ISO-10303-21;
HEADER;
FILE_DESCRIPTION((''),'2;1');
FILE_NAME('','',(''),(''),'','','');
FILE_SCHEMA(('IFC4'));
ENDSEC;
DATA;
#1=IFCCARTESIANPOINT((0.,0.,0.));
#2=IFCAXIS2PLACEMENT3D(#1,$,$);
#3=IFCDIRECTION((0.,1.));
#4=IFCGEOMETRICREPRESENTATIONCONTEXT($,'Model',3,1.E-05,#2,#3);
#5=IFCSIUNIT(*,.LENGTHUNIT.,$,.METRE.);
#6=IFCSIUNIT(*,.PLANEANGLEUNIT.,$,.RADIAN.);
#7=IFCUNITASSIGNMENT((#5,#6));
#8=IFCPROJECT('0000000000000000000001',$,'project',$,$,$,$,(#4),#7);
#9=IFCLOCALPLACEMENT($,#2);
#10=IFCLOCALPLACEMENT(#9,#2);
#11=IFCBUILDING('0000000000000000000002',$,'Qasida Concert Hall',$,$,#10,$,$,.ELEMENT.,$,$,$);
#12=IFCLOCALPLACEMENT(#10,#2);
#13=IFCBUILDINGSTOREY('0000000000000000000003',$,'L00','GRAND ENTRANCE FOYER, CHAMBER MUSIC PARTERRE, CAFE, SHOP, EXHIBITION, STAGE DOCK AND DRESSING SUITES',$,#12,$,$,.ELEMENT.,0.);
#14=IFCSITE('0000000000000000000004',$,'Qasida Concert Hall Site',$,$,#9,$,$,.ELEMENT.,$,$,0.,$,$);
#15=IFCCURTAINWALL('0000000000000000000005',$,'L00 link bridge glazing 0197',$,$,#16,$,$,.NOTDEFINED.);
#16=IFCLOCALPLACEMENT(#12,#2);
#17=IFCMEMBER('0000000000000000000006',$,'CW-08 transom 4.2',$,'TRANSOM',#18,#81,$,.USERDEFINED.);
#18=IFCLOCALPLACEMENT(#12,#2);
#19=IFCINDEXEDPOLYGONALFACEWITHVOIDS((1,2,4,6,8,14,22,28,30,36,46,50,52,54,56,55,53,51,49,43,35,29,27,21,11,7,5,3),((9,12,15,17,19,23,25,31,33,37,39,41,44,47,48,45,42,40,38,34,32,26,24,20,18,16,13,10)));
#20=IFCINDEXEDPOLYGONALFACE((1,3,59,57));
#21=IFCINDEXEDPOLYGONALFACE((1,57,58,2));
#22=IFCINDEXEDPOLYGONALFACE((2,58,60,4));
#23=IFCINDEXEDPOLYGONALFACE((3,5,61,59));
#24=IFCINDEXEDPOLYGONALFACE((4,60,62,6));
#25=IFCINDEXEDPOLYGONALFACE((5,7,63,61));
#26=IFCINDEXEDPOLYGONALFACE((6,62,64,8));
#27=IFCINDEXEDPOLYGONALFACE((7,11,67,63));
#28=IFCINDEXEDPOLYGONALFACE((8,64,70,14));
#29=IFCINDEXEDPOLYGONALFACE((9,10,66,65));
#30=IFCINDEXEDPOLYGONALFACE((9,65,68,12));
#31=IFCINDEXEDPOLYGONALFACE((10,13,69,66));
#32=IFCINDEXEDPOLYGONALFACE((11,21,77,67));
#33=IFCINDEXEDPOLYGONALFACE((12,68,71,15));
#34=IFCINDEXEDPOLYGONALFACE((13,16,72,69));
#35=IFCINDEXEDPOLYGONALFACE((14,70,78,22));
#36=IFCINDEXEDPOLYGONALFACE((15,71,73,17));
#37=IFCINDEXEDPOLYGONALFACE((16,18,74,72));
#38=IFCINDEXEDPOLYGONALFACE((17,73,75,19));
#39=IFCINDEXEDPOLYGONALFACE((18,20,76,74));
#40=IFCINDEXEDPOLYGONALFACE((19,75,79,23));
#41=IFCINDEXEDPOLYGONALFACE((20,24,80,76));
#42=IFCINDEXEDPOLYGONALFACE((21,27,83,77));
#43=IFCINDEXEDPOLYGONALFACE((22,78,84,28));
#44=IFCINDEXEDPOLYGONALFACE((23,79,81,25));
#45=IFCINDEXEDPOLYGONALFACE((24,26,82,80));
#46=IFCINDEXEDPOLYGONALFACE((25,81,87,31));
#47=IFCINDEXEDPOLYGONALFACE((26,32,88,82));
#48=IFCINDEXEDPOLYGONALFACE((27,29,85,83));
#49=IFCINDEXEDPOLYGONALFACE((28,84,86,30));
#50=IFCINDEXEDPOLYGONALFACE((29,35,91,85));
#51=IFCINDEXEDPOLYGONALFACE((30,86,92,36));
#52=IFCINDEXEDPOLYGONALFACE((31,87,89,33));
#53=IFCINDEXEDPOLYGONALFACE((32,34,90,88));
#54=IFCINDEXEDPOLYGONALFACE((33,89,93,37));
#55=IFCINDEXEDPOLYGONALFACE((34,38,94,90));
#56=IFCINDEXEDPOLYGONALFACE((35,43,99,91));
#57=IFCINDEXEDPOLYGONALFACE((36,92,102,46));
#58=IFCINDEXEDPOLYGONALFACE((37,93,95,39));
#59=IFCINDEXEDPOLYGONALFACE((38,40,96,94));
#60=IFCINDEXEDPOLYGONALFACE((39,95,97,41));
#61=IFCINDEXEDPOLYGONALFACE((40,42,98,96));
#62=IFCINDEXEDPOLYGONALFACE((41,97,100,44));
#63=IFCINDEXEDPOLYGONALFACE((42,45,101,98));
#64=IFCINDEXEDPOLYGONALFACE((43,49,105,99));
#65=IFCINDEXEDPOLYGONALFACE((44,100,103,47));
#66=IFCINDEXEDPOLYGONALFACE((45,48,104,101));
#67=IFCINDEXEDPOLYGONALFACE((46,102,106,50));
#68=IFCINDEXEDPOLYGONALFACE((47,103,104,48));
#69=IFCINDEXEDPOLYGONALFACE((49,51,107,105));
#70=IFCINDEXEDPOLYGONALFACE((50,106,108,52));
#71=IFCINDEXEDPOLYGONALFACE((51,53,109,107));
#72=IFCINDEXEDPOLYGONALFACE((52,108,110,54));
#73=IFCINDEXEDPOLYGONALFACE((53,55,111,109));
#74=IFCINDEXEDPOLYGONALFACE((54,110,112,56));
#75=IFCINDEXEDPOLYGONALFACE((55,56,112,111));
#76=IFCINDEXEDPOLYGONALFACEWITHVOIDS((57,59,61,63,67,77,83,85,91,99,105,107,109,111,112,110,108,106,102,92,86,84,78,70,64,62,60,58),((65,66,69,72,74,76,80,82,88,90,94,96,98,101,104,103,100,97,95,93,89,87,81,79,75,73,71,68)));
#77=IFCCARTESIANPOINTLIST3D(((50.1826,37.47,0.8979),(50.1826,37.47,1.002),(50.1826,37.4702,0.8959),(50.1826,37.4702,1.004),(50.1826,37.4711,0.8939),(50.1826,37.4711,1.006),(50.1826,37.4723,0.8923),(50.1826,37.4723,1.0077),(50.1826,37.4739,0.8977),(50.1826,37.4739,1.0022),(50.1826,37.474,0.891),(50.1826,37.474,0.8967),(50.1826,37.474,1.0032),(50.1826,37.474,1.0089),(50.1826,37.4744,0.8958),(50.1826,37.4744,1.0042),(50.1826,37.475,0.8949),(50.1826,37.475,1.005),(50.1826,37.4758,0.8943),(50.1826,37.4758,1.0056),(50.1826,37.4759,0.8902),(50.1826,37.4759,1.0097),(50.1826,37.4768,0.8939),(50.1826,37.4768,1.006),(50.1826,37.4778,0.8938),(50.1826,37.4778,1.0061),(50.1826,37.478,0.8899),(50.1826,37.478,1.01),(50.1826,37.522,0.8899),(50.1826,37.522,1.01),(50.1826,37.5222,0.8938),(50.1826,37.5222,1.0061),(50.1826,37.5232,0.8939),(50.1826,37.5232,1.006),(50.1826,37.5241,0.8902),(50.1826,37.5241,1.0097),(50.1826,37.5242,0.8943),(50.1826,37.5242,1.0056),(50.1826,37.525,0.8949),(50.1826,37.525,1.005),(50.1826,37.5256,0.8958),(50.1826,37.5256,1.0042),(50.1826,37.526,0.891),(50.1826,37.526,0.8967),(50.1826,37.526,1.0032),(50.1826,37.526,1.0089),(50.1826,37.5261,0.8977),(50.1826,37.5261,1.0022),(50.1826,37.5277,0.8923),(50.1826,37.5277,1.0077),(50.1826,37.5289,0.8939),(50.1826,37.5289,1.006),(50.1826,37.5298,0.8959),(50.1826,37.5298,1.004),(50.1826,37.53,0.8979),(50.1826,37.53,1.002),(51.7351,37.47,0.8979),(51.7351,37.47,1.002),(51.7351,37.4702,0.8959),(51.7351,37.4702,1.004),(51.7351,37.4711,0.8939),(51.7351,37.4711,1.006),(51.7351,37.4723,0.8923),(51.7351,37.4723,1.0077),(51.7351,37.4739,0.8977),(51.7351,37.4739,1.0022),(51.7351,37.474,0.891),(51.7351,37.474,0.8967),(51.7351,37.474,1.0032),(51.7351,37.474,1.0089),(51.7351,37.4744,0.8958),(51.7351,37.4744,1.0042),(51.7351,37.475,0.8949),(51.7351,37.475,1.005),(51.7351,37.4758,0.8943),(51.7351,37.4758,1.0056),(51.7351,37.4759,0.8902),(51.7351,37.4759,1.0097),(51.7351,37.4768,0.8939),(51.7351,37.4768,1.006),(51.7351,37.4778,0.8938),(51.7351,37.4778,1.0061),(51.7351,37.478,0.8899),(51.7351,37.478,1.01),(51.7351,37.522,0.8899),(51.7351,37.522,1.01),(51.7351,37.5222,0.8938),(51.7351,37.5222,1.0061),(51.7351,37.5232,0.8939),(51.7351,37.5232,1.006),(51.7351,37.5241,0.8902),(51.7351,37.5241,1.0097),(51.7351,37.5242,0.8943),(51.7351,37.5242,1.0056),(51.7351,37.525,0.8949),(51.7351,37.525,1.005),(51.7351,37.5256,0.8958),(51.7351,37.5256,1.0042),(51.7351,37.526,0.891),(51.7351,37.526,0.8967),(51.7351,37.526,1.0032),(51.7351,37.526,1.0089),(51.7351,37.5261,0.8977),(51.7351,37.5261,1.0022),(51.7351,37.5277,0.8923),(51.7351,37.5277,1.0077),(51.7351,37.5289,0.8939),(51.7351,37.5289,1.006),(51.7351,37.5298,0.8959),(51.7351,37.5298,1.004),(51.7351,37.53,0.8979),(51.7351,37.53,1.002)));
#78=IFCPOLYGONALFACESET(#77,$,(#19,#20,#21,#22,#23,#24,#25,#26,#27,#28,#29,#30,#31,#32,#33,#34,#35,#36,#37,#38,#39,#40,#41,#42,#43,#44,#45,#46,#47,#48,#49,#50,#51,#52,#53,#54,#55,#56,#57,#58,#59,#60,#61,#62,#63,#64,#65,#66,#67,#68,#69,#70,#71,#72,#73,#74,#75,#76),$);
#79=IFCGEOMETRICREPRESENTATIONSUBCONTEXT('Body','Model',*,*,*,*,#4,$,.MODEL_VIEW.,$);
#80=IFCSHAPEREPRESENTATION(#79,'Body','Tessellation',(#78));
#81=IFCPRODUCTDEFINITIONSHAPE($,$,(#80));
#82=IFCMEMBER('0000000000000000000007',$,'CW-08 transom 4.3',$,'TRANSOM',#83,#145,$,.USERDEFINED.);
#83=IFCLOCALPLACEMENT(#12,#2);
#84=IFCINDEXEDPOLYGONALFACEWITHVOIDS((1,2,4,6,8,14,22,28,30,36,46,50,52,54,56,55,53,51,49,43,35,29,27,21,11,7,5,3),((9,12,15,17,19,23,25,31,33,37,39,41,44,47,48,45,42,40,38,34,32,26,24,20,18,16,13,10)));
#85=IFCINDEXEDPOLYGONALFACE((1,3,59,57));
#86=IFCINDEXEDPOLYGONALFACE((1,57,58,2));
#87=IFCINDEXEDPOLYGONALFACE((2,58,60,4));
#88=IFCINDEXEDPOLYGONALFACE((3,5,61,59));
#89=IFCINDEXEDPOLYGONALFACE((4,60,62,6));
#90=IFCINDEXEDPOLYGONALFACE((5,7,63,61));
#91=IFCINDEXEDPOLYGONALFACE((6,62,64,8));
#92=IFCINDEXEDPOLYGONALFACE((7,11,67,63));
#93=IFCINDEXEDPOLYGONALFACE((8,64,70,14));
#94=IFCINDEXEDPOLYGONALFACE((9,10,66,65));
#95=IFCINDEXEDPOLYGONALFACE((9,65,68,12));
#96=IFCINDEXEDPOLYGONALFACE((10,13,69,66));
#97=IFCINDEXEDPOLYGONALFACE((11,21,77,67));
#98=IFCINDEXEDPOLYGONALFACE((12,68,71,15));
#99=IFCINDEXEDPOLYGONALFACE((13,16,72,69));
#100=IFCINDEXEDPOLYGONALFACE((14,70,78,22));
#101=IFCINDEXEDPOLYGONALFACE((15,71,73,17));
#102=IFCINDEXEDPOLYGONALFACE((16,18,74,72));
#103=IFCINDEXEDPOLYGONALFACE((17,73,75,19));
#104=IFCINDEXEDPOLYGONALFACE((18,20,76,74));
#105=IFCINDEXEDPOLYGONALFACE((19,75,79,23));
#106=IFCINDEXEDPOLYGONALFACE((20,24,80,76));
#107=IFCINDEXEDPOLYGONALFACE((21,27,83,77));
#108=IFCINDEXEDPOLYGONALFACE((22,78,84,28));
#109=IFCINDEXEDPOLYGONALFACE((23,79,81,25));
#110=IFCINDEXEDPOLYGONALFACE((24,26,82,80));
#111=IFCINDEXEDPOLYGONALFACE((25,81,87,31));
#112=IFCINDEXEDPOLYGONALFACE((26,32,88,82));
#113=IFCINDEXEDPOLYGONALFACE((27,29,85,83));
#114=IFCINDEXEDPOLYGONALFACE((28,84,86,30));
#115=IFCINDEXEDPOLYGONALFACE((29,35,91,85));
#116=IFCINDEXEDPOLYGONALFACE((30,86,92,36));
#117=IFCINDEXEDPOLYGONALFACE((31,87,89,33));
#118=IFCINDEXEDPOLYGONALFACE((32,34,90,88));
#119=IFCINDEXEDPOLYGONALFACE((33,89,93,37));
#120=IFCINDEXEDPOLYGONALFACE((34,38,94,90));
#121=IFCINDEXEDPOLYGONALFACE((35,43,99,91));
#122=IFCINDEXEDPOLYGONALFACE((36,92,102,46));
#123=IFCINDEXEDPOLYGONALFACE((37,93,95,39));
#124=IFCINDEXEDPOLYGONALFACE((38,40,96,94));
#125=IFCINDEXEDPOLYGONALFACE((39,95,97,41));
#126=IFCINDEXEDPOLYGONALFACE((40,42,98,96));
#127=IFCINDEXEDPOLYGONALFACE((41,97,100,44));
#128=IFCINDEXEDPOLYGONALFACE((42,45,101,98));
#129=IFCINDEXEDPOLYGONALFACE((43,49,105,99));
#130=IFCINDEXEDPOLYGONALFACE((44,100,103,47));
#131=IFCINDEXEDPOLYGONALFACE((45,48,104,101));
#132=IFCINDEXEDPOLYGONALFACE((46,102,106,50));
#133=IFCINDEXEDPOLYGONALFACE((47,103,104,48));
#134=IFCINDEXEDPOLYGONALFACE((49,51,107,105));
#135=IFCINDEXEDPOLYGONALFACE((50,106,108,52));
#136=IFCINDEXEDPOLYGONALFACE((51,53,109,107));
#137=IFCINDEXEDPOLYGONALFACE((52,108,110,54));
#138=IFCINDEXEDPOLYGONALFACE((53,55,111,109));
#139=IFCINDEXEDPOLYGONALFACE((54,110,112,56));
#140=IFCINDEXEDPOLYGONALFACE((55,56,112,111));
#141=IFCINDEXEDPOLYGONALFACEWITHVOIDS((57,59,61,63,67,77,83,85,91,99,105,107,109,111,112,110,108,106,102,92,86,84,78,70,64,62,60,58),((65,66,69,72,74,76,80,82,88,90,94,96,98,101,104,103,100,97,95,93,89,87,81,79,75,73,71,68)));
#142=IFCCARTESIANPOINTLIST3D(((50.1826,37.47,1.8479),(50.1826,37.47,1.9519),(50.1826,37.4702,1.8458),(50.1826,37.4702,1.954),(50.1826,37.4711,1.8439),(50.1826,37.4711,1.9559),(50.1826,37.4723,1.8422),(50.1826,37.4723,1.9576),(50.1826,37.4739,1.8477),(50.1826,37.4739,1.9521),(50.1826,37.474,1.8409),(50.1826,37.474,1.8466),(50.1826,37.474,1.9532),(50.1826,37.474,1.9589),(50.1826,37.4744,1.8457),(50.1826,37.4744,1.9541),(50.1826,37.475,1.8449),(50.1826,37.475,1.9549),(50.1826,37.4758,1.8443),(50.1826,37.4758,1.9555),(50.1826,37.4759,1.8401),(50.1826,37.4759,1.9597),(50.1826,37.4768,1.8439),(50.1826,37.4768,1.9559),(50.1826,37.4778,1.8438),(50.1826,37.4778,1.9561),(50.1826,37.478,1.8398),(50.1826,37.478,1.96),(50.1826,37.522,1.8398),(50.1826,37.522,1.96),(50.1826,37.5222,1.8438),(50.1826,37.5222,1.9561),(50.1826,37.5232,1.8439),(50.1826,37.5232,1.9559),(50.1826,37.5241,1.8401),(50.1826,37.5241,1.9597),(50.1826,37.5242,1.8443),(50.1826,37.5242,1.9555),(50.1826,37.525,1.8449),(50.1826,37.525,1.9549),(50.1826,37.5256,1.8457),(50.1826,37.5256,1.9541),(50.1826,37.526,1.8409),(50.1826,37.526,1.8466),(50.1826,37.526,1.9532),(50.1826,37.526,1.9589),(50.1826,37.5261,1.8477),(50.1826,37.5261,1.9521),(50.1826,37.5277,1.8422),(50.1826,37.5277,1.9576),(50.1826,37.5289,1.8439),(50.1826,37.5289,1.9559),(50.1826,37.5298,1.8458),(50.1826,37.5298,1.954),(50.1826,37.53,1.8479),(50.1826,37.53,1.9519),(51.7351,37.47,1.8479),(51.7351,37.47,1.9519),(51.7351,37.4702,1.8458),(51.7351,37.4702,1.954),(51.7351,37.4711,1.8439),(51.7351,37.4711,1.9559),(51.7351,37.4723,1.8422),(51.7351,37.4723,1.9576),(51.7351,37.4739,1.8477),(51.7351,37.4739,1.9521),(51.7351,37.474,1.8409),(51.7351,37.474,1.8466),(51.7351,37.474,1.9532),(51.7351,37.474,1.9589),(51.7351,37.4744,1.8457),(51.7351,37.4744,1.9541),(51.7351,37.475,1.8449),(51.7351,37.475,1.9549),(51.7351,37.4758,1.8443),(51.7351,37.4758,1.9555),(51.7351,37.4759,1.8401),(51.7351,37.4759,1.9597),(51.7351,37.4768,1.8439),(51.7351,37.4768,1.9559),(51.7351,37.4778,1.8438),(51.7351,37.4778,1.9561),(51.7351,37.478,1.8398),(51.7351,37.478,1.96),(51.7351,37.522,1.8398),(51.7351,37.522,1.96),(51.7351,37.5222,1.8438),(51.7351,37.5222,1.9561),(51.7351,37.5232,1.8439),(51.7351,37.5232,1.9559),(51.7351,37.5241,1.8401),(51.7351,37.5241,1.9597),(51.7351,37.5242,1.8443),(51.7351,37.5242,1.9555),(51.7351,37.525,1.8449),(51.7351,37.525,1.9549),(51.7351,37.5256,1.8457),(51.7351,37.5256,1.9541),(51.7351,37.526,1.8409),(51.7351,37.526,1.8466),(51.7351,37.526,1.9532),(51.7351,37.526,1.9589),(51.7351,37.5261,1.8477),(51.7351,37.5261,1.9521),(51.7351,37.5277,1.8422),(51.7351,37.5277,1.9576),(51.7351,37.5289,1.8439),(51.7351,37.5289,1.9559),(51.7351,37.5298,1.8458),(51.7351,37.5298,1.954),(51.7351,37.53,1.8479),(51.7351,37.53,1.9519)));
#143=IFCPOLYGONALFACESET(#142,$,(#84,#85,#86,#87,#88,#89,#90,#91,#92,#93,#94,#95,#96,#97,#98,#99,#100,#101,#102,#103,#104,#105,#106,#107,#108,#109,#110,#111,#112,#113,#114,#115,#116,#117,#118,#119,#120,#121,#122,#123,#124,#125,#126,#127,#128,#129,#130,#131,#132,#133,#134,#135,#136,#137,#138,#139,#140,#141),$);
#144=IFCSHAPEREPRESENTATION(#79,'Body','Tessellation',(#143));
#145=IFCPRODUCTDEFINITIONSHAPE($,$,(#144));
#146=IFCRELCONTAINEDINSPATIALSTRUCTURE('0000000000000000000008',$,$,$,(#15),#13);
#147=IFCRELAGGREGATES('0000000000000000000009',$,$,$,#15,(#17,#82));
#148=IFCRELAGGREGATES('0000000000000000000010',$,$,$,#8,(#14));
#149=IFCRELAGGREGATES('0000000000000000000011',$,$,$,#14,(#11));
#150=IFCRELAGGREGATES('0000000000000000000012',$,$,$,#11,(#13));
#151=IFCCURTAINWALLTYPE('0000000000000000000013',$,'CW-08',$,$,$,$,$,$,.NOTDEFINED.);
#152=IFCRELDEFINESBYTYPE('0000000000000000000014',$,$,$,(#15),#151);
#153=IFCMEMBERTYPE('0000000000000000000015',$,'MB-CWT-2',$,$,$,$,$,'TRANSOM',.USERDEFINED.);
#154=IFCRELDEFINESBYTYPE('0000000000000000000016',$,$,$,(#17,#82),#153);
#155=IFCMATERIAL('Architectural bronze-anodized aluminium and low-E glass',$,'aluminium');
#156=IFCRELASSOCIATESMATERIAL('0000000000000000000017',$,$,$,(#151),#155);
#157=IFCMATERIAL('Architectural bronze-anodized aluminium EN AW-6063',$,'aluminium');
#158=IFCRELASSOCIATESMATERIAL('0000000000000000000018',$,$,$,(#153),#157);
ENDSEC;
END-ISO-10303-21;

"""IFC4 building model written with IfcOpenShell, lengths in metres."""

from ifc_helpers import new_model, si_unit, direction, frame, origin, origin_2d, place, context, subcontext, project, spatial, hollow_rectangle, extrude, material, material_profile, profile_set, type_object, element, aggregate, save


model = new_model("IFC4")

# Units and contexts
model_context = context("Model", 3, precision=1e-05, world=origin(), true_north=direction((0.0, 1.0)))
body_context = subcontext(model_context, "Body", "Model", "MODEL_VIEW")
ifc_project = project(units=[si_unit("LENGTHUNIT", "METRE"), si_unit("PLANEANGLEUNIT", "RADIAN")], contexts=[model_context])

# Site, building, storey
site_placement = place(None, origin())
site = spatial("IfcSite", under=ifc_project, at=site_placement, Name="Qasida Concert Hall Site", CompositionType="ELEMENT", RefElevation=0.0)
building_placement = place(site_placement, origin())
building = spatial("IfcBuilding", under=site, at=building_placement, Name="Qasida Concert Hall", CompositionType="ELEMENT")
storey_placement = place(building_placement, origin())
storey = spatial("IfcBuildingStorey", under=building, at=storey_placement, Name="L00", Description="GRAND ENTRANCE FOYER, CHAMBER MUSIC PARTERRE, CAFE, SHOP, EXHIBITION, STAGE DOCK AND DRESSING SUITES", CompositionType="ELEMENT", Elevation=0.0)

# Shared definitions
ifc_material_1 = material(Name="Architectural bronze-anodized aluminium and low-E glass", Category="aluminium")
ifc_material_2 = material(Name="Architectural bronze-anodized aluminium EN AW-6063", Category="aluminium")

# Curtain wall
curtain_wall_type_1 = type_object("IfcCurtainWallType", Name="CW-08", PredefinedType="NOTDEFINED", material=ifc_material_1)
curtain_wall_1_placement = place(storey_placement, origin())
curtain_wall_1 = element("IfcCurtainWall", 1, at=curtain_wall_1_placement, inside=storey, type_object=curtain_wall_type_1, Name="L00 link bridge glazing 0197", PredefinedType="NOTDEFINED")

# Members
ifc_material_profile_1 = material_profile(ifc_material_2, hollow_rectangle(XDim=0.0601, YDim=0.1201, WallThickness=0.0039, InnerFilletRadius=0.0039, OuterFilletRadius=0.0081, at=origin_2d()), Name="CWT 120x60x4")
ifc_profile_set_1 = profile_set([ifc_material_profile_1], Name="Architectural bronze-anodized aluminium EN AW-6063")
member_type_1 = type_object("IfcMemberType", Name="MB-CWT-2", ElementType="TRANSOM", PredefinedType="USERDEFINED", material=ifc_profile_set_1)
member_1_placement = place(storey_placement, frame((50.1826, 37.5, 0.95), z_axis=(1.0, 0.0, 0.0), x_axis=(0.0, 1.0, 0.0)))
member_1 = element("IfcMember", 2, at=member_1_placement, type_object=member_type_1, Name="CW-08 transom 4.2", ObjectType="TRANSOM", PredefinedType="USERDEFINED", context=body_context, shape_type="SweptSolid", body=[
    extrude(hollow_rectangle(XDim=0.0601, YDim=0.1201, WallThickness=0.0039, InnerFilletRadius=0.0039, OuterFilletRadius=0.0081, at=origin_2d()), origin(), (0.0, 0.0, 1.0), 1.5525),
])
member_2_placement = place(storey_placement, frame((50.1826, 37.5, 1.8999), z_axis=(1.0, 0.0, 0.0), x_axis=(0.0, 1.0, 0.0)))
member_2 = element("IfcMember", 3, at=member_2_placement, type_object=member_type_1, Name="CW-08 transom 4.3", ObjectType="TRANSOM", PredefinedType="USERDEFINED", context=body_context, shape_type="SweptSolid", body=[
    extrude(hollow_rectangle(XDim=0.0601, YDim=0.1201, WallThickness=0.0039, InnerFilletRadius=0.0039, OuterFilletRadius=0.0081, at=origin_2d()), origin(), (0.0, 0.0, 1.0), 1.5525),
])

aggregate(curtain_wall_1, [member_1, member_2])

save(model, "model.ifc")
